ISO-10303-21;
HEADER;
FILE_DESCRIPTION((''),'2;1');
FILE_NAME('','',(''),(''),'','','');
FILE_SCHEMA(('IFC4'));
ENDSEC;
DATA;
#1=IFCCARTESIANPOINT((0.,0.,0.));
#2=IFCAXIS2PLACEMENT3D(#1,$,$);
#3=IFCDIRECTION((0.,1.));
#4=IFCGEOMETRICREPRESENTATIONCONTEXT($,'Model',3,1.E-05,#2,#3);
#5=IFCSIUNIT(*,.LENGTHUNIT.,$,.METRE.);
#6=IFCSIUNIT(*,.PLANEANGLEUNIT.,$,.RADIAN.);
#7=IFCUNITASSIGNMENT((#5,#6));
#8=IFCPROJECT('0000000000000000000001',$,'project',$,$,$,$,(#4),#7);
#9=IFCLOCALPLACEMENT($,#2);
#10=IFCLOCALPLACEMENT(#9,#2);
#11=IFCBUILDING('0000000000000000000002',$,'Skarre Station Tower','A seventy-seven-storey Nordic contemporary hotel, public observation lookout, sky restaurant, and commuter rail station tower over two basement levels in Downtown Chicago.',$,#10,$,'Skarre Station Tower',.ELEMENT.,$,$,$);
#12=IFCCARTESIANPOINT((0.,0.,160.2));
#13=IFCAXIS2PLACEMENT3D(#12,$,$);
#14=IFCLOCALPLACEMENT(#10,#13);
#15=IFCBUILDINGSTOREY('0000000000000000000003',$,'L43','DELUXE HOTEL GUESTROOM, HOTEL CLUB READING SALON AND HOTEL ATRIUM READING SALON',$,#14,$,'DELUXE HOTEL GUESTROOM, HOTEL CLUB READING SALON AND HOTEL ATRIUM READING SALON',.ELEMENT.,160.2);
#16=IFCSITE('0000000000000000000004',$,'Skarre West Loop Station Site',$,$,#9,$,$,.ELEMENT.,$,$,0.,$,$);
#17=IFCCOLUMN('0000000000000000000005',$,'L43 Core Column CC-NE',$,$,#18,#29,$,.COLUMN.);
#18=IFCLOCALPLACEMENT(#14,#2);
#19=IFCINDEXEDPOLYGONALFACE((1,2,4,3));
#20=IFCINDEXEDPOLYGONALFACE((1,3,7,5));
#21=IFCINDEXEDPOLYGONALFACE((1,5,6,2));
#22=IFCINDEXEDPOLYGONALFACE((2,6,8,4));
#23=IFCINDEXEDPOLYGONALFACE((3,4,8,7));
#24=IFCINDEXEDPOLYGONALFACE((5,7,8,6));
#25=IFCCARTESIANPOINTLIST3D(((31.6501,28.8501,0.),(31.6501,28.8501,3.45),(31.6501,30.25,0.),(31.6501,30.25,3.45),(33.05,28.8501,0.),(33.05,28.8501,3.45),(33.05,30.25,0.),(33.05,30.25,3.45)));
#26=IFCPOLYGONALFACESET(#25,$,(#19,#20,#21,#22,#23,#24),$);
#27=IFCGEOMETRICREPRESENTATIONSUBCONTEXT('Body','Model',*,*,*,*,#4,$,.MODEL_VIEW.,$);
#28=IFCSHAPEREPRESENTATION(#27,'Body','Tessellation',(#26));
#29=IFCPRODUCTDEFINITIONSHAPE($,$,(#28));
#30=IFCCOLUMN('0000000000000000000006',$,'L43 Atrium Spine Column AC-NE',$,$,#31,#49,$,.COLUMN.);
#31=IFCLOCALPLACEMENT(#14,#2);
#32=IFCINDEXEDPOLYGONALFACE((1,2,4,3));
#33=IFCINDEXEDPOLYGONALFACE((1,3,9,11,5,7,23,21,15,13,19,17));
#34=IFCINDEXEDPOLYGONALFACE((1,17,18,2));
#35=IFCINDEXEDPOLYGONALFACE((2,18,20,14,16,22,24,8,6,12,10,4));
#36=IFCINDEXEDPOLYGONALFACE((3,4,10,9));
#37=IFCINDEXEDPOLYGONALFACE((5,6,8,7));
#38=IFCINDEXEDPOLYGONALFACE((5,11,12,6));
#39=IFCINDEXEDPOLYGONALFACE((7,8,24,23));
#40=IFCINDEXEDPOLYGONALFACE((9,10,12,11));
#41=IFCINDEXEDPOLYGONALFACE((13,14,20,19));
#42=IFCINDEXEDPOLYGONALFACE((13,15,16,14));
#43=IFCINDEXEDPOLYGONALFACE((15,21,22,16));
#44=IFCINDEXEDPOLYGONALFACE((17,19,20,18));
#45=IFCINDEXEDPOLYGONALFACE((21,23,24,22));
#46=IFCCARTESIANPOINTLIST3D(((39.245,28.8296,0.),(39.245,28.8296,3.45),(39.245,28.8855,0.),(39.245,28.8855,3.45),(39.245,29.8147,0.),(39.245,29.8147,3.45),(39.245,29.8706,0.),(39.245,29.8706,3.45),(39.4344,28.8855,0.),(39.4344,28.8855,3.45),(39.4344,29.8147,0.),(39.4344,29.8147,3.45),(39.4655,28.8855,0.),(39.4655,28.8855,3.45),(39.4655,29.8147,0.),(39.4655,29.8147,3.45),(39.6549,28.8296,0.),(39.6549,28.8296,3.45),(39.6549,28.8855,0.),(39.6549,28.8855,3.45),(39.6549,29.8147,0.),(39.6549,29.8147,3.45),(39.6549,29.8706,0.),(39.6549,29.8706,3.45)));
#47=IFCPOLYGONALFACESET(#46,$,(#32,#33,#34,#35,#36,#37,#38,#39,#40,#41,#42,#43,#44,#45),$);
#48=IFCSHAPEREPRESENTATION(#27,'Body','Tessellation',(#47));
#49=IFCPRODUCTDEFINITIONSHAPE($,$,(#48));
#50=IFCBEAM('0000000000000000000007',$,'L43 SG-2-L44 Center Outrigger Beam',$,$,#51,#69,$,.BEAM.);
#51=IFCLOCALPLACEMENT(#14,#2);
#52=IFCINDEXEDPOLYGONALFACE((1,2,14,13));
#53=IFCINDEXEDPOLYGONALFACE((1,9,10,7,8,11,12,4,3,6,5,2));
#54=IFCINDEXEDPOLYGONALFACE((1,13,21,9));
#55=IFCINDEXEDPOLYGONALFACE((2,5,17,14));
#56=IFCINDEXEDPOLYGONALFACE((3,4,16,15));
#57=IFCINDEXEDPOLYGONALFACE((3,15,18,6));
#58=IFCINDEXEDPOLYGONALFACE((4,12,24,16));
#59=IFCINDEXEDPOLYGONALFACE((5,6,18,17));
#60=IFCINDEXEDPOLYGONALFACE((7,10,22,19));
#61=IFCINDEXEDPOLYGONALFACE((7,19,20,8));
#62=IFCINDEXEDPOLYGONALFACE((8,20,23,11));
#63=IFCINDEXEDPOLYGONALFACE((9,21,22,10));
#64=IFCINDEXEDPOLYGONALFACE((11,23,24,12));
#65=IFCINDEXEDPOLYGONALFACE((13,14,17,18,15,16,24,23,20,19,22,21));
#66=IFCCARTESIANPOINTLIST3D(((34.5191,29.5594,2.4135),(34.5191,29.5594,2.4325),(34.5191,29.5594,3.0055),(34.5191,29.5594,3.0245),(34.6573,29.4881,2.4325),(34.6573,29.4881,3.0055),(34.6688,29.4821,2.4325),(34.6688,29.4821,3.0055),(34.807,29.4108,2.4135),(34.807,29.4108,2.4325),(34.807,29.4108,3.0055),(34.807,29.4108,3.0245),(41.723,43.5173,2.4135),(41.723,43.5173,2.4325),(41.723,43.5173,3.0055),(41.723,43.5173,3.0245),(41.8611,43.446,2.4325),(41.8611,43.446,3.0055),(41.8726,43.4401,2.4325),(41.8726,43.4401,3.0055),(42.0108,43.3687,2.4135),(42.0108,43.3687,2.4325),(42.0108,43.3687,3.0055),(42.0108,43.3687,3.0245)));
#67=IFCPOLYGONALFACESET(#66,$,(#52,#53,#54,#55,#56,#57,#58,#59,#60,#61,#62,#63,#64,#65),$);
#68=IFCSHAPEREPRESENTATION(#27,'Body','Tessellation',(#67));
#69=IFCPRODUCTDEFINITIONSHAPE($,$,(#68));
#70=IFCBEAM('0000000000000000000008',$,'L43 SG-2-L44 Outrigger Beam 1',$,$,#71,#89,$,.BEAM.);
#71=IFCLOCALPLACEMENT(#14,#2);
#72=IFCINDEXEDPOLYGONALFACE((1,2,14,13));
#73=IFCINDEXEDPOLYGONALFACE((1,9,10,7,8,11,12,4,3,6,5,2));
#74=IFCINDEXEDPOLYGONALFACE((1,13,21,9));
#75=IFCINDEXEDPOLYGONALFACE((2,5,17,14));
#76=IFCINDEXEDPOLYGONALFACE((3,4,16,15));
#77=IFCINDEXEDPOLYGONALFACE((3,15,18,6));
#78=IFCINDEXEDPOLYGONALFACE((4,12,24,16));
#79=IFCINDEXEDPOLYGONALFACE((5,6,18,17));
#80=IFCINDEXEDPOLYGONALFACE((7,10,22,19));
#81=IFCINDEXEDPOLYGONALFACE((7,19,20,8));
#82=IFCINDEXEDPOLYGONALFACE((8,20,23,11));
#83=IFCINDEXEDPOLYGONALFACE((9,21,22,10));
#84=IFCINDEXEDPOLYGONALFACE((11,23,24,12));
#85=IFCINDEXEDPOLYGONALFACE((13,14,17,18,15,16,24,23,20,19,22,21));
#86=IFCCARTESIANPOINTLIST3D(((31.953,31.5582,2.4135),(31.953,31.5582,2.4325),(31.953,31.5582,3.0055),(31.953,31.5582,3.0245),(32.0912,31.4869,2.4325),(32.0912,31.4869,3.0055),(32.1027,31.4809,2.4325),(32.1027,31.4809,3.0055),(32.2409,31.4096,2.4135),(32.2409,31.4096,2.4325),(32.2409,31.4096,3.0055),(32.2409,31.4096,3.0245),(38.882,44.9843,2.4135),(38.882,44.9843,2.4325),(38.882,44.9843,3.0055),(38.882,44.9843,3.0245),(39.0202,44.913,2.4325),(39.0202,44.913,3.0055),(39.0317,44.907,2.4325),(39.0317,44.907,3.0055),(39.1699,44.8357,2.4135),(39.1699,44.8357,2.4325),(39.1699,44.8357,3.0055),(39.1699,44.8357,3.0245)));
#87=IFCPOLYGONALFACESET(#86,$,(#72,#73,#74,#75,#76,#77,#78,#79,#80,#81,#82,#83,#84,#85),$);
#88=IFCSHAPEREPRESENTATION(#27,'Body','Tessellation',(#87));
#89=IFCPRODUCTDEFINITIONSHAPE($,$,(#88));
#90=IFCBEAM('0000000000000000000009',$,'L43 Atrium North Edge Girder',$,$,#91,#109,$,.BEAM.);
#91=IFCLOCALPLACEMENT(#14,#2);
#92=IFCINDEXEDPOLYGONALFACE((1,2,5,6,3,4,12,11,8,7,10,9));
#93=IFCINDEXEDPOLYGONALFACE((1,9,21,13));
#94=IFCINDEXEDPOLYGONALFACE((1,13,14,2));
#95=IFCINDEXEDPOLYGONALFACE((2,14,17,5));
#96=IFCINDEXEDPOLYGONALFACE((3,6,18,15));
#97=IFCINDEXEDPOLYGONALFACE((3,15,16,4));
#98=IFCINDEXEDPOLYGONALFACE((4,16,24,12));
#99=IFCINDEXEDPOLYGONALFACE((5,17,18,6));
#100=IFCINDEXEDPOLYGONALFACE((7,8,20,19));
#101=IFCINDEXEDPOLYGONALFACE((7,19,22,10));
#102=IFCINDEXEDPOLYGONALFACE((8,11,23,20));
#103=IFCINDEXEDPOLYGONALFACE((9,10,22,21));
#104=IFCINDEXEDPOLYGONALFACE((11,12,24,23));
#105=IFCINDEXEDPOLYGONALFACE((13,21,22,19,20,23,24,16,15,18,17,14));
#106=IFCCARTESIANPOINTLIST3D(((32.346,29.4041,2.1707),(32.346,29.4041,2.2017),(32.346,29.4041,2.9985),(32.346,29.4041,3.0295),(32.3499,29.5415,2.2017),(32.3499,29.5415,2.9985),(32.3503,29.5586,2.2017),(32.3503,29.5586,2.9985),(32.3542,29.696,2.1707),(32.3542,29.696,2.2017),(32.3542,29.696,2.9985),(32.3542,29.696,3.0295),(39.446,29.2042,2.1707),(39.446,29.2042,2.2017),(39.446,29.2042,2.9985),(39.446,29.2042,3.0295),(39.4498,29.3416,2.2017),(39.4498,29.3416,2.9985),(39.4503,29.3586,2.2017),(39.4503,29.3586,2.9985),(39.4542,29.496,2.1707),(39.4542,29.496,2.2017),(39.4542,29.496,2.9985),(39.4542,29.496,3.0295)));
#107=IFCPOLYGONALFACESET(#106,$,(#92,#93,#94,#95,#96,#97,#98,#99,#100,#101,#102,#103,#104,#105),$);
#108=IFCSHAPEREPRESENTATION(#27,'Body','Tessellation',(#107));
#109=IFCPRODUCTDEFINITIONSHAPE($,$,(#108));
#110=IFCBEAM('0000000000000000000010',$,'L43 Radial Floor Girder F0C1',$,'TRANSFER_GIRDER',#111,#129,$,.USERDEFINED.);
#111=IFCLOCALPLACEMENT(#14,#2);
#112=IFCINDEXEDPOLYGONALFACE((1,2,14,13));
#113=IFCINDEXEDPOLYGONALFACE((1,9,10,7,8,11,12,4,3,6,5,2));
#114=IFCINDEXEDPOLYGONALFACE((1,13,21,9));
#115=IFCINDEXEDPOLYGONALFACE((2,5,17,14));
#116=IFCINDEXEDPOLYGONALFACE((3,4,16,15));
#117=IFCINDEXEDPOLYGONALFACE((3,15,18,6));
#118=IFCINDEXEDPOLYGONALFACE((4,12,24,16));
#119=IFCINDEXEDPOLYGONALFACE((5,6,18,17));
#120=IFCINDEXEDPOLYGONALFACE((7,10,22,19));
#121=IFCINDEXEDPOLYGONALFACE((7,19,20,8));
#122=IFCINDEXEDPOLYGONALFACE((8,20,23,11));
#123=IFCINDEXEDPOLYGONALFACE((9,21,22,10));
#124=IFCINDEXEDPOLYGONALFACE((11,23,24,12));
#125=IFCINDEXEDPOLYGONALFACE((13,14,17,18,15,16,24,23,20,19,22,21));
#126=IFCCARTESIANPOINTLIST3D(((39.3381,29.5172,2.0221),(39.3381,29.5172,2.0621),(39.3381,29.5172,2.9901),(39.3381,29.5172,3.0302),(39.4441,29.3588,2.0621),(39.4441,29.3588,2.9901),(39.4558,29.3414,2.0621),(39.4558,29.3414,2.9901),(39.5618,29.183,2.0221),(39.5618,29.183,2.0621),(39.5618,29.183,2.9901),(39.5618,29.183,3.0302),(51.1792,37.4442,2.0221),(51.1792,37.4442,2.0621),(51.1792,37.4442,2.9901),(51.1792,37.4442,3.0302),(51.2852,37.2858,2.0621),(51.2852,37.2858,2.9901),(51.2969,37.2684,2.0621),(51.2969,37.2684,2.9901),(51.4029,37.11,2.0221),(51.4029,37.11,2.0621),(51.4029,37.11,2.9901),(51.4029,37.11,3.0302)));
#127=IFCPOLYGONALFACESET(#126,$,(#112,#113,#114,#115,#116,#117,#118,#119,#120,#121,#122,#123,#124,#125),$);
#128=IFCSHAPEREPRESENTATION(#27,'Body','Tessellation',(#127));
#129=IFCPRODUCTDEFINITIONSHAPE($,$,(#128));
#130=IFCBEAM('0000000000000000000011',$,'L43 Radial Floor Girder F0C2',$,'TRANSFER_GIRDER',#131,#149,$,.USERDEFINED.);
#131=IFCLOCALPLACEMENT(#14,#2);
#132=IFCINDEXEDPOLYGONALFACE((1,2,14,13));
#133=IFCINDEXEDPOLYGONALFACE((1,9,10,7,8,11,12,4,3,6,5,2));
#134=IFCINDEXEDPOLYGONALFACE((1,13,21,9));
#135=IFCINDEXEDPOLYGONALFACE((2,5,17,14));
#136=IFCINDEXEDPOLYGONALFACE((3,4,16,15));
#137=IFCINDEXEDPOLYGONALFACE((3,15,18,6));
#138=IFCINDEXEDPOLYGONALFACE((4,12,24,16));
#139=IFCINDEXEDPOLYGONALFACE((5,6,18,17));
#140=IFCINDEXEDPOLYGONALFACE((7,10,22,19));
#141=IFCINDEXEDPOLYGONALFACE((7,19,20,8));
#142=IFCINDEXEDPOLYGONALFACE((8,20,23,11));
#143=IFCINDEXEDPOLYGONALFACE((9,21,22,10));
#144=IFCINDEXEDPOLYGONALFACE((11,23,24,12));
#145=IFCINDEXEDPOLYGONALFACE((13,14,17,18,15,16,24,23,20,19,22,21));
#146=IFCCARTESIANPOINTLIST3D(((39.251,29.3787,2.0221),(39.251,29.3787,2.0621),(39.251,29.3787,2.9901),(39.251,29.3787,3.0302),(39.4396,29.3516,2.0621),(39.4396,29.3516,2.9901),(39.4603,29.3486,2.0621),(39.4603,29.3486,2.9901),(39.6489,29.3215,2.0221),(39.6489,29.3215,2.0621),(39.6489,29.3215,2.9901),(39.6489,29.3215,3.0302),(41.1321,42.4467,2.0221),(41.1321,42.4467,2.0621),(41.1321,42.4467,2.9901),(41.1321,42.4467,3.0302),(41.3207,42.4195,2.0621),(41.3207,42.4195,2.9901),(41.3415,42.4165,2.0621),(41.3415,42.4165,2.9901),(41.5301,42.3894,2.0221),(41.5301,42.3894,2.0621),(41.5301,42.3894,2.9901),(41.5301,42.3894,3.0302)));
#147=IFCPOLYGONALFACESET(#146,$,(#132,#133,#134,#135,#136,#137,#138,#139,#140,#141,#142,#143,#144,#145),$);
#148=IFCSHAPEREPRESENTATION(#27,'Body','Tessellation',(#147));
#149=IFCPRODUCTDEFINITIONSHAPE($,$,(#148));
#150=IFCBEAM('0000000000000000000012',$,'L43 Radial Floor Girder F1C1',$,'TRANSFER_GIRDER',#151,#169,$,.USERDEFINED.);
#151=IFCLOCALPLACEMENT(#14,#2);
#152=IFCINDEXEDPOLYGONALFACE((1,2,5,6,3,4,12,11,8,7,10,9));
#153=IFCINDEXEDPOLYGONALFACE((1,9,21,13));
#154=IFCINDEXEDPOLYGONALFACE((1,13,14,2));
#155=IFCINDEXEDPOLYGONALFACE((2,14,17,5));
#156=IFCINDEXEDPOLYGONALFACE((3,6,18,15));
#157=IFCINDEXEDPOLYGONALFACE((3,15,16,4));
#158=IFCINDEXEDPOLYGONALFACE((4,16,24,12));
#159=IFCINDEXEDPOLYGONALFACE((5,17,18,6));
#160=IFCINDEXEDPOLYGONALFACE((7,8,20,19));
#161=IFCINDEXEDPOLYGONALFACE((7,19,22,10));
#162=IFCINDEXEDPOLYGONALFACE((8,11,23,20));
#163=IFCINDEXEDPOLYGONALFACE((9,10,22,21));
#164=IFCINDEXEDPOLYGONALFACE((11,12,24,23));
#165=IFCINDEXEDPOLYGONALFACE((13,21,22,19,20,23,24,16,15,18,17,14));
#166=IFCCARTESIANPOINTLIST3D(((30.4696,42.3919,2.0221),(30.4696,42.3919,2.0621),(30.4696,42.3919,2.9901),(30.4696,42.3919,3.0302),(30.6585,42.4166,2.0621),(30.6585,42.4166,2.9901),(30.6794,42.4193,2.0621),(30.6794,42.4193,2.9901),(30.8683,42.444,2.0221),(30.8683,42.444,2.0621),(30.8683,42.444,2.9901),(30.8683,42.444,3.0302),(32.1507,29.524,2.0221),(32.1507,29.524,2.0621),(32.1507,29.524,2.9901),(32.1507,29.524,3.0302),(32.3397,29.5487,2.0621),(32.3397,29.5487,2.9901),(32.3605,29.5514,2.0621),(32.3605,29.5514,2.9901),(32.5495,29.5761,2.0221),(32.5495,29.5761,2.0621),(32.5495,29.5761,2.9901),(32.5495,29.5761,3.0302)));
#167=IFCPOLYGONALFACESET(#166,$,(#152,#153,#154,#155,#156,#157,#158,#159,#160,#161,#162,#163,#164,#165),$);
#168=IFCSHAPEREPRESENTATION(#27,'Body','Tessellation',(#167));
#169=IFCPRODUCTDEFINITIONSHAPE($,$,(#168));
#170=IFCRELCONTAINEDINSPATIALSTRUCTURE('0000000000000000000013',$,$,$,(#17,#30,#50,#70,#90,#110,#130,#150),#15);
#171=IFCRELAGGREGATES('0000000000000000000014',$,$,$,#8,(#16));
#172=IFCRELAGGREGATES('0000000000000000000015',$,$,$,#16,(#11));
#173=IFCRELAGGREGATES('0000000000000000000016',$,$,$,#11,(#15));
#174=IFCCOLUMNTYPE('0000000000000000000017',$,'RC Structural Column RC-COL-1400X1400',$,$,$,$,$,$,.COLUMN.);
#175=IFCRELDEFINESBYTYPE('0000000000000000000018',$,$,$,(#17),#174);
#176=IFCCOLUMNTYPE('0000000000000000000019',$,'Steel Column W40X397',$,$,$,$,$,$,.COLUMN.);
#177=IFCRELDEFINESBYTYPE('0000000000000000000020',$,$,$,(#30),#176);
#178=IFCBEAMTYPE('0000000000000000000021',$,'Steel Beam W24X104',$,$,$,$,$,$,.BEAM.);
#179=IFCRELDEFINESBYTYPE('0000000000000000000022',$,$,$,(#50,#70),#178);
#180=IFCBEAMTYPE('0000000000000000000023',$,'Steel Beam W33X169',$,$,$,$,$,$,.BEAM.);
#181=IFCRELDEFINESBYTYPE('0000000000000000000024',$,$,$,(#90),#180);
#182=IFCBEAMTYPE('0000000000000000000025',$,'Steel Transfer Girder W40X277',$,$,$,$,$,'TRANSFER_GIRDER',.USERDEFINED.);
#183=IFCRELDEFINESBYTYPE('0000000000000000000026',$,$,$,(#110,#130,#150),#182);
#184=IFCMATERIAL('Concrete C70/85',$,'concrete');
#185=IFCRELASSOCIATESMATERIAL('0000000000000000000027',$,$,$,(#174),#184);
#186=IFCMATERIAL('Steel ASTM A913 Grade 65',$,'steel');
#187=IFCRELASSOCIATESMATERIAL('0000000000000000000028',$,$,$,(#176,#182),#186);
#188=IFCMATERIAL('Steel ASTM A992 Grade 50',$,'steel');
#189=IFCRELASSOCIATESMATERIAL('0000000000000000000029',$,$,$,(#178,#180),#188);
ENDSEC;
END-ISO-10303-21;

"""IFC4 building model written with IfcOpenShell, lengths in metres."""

from ifc_helpers import new_model, si_unit, direction, frame, origin, origin_2d, place, context, subcontext, project, spatial, rectangle, i_section, extrude, material, material_profile, profile_set, type_object, element, save


model = new_model("IFC4")

# Units and contexts
model_context = context("Model", 3, precision=1e-05, world=origin(), true_north=direction((0.0, 1.0)))
body_context = subcontext(model_context, "Body", "Model", "MODEL_VIEW")
ifc_project = project(units=[si_unit("LENGTHUNIT", "METRE"), si_unit("PLANEANGLEUNIT", "RADIAN")], contexts=[model_context])

# Site, building, storey
site_placement = place(None, origin())
site = spatial("IfcSite", under=ifc_project, at=site_placement, Name="Skarre West Loop Station Site", CompositionType="ELEMENT", RefElevation=0.0)
building_placement = place(site_placement, origin())
building = spatial("IfcBuilding", under=site, at=building_placement, Name="Skarre Station Tower", Description="A seventy-seven-storey Nordic contemporary hotel, public observation lookout, sky restaurant, and commuter rail station tower over two basement levels in Downtown Chicago.", LongName="Skarre Station Tower", CompositionType="ELEMENT")
storey_placement = place(building_placement, frame((0.0, 0.0, 160.2)))
storey = spatial("IfcBuildingStorey", under=building, at=storey_placement, Name="L43", Description="DELUXE HOTEL GUESTROOM, HOTEL CLUB READING SALON AND HOTEL ATRIUM READING SALON", LongName="DELUXE HOTEL GUESTROOM, HOTEL CLUB READING SALON AND HOTEL ATRIUM READING SALON", CompositionType="ELEMENT", Elevation=160.2)

# Columns
ifc_material_1 = material(Name="Concrete C70/85", Category="concrete")
ifc_material_profile_1 = material_profile(ifc_material_1, rectangle(XDim=1.3999, YDim=1.3999, at=origin_2d()), Name="Concrete C70/85")
ifc_profile_set_1 = profile_set([ifc_material_profile_1], Name="Concrete C70/85")
column_type_1 = type_object("IfcColumnType", Name="RC Structural Column RC-COL-1400X1400", PredefinedType="COLUMN", material=ifc_profile_set_1)
column_1_placement = place(storey_placement, frame((32.3501, 29.55, 0.0), z_axis=(0.0, 0.0, 1.0), x_axis=(1.0, 0.0, 0.0)))
element("IfcColumn", 1, at=column_1_placement, inside=storey, type_object=column_type_1, Name="L43 Core Column CC-NE", PredefinedType="COLUMN", context=body_context, shape_type="SweptSolid", body=[
    extrude(rectangle(XDim=1.3999, YDim=1.3999, at=origin_2d()), origin(), (0.0, 0.0, 1.0), 3.45),
])
ifc_material_2 = material(Name="Steel ASTM A913 Grade 65", Category="steel")
ifc_material_profile_2 = material_profile(ifc_material_2, i_section(OverallWidth=0.4099, OverallDepth=1.041, WebThickness=0.031, FlangeThickness=0.0559, at=origin_2d()), Name="Steel ASTM A913 Grade 65")
ifc_profile_set_2 = profile_set([ifc_material_profile_2], Name="Steel ASTM A913 Grade 65")
column_type_2 = type_object("IfcColumnType", Name="Steel Column W40X397", PredefinedType="COLUMN", material=ifc_profile_set_2)
column_2_placement = place(storey_placement, frame((39.45, 29.3501, 0.0), z_axis=(0.0, 0.0, 1.0), x_axis=(1.0, 0.0, 0.0)))
element("IfcColumn", 2, at=column_2_placement, inside=storey, type_object=column_type_2, Name="L43 Atrium Spine Column AC-NE", PredefinedType="COLUMN", context=body_context, shape_type="SweptSolid", body=[
    extrude(i_section(OverallWidth=0.4099, OverallDepth=1.041, WebThickness=0.031, FlangeThickness=0.0559, at=origin_2d()), origin(), (0.0, 0.0, 1.0), 3.45),
])

# Beams
ifc_material_3 = material(Name="Steel ASTM A992 Grade 50", Category="steel")
ifc_material_profile_3 = material_profile(ifc_material_3, i_section(OverallWidth=0.324, OverallDepth=0.6111, WebThickness=0.0129, FlangeThickness=0.019, at=origin_2d()), Name="Steel ASTM A992 Grade 50")
ifc_profile_set_3 = profile_set([ifc_material_profile_3], Name="Steel ASTM A992 Grade 50")
beam_type_1 = type_object("IfcBeamType", Name="Steel Beam W24X104", PredefinedType="BEAM", material=ifc_profile_set_3)
beam_1_placement = place(storey_placement, frame((34.6631, 29.4851, 2.719), z_axis=(0.458629, 0.888628, 0.0), x_axis=(-0.888628, 0.458629, 0.0)))
element("IfcBeam", 3, at=beam_1_placement, inside=storey, type_object=beam_type_1, Name="L43 SG-2-L44 Center Outrigger Beam", PredefinedType="BEAM", context=body_context, shape_type="SweptSolid", body=[
    extrude(i_section(OverallWidth=0.324, OverallDepth=0.6111, WebThickness=0.0129, FlangeThickness=0.019, at=origin_2d()), origin(), (0.0, 0.0, 1.0), 15.7073),
])
beam_2_placement = place(storey_placement, frame((32.0969, 31.4839, 2.719), z_axis=(0.458611, 0.888637, 0.0), x_axis=(-0.888637, 0.458611, 0.0)))
element("IfcBeam", 4, at=beam_2_placement, inside=storey, type_object=beam_type_1, Name="L43 SG-2-L44 Outrigger Beam 1", PredefinedType="BEAM", context=body_context, shape_type="SweptSolid", body=[
    extrude(i_section(OverallWidth=0.324, OverallDepth=0.6111, WebThickness=0.0129, FlangeThickness=0.019, at=origin_2d()), origin(), (0.0, 0.0, 1.0), 15.1086),
])
ifc_material_profile_4 = material_profile(ifc_material_3, i_section(OverallWidth=0.292, OverallDepth=0.8589, WebThickness=0.0171, FlangeThickness=0.031, at=origin_2d()), Name="Steel ASTM A992 Grade 50")
ifc_profile_set_4 = profile_set([ifc_material_profile_4], Name="Steel ASTM A992 Grade 50")
beam_type_2 = type_object("IfcBeamType", Name="Steel Beam W33X169", PredefinedType="BEAM", material=ifc_profile_set_4)
beam_3_placement = place(storey_placement, frame((32.3501, 29.55, 2.6001), z_axis=(0.999604, -0.028152, 0.0), x_axis=(0.028152, 0.999604, 0.0)))
element("IfcBeam", 5, at=beam_3_placement, inside=storey, type_object=beam_type_2, Name="L43 Atrium North Edge Girder", PredefinedType="BEAM", context=body_context, shape_type="SweptSolid", body=[
    extrude(i_section(OverallWidth=0.292, OverallDepth=0.8589, WebThickness=0.0171, FlangeThickness=0.031, at=origin_2d()), origin(), (0.0, 0.0, 1.0), 7.1028),
])
ifc_material_profile_5 = material_profile(ifc_material_2, i_section(OverallWidth=0.4021, OverallDepth=1.0081, WebThickness=0.021, FlangeThickness=0.04, at=origin_2d()), Name="Steel ASTM A913 Grade 65")
ifc_profile_set_5 = profile_set([ifc_material_profile_5], Name="Steel ASTM A913 Grade 65")
beam_type_3 = type_object("IfcBeamType", Name="Steel Transfer Girder W40X277", ElementType="TRANSFER_GIRDER", PredefinedType="USERDEFINED", material=ifc_profile_set_5)
beam_4_placement = place(storey_placement, frame((39.45, 29.3501, 2.5261), z_axis=(0.830981, 0.5563, 0.0), x_axis=(-0.5563, 0.830981, 0.0)))
element("IfcBeam", 6, at=beam_4_placement, inside=storey, type_object=beam_type_3, Name="L43 Radial Floor Girder F0C1", ObjectType="TRANSFER_GIRDER", PredefinedType="USERDEFINED", context=body_context, shape_type="SweptSolid", body=[
    extrude(i_section(OverallWidth=0.4021, OverallDepth=1.0081, WebThickness=0.021, FlangeThickness=0.04, at=origin_2d()), origin(), (0.0, 0.0, 1.0), 14.2495),
])
beam_5_placement = place(storey_placement, frame((39.45, 29.3501, 2.5261), z_axis=(0.14248, 0.989798, 0.0), x_axis=(-0.989798, 0.14248, 0.0)))
element("IfcBeam", 7, at=beam_5_placement, inside=storey, type_object=beam_type_3, Name="L43 Radial Floor Girder F0C2", ObjectType="TRANSFER_GIRDER", PredefinedType="USERDEFINED", context=body_context, shape_type="SweptSolid", body=[
    extrude(i_section(OverallWidth=0.4021, OverallDepth=1.0081, WebThickness=0.021, FlangeThickness=0.04, at=origin_2d()), origin(), (0.0, 0.0, 1.0), 13.2026),
])
beam_6_placement = place(storey_placement, frame((32.3501, 29.55, 2.5261), z_axis=(-0.129546, 0.991573, 0.0), x_axis=(-0.991573, -0.129546, 0.0)))
element("IfcBeam", 8, at=beam_6_placement, inside=storey, type_object=beam_type_3, Name="L43 Radial Floor Girder F1C1", ObjectType="TRANSFER_GIRDER", PredefinedType="USERDEFINED", context=body_context, shape_type="SweptSolid", body=[
    extrude(i_section(OverallWidth=0.4021, OverallDepth=1.0081, WebThickness=0.021, FlangeThickness=0.04, at=origin_2d()), origin(), (0.0, 0.0, 1.0), 12.9773),
])

save(model, "model.ifc")
